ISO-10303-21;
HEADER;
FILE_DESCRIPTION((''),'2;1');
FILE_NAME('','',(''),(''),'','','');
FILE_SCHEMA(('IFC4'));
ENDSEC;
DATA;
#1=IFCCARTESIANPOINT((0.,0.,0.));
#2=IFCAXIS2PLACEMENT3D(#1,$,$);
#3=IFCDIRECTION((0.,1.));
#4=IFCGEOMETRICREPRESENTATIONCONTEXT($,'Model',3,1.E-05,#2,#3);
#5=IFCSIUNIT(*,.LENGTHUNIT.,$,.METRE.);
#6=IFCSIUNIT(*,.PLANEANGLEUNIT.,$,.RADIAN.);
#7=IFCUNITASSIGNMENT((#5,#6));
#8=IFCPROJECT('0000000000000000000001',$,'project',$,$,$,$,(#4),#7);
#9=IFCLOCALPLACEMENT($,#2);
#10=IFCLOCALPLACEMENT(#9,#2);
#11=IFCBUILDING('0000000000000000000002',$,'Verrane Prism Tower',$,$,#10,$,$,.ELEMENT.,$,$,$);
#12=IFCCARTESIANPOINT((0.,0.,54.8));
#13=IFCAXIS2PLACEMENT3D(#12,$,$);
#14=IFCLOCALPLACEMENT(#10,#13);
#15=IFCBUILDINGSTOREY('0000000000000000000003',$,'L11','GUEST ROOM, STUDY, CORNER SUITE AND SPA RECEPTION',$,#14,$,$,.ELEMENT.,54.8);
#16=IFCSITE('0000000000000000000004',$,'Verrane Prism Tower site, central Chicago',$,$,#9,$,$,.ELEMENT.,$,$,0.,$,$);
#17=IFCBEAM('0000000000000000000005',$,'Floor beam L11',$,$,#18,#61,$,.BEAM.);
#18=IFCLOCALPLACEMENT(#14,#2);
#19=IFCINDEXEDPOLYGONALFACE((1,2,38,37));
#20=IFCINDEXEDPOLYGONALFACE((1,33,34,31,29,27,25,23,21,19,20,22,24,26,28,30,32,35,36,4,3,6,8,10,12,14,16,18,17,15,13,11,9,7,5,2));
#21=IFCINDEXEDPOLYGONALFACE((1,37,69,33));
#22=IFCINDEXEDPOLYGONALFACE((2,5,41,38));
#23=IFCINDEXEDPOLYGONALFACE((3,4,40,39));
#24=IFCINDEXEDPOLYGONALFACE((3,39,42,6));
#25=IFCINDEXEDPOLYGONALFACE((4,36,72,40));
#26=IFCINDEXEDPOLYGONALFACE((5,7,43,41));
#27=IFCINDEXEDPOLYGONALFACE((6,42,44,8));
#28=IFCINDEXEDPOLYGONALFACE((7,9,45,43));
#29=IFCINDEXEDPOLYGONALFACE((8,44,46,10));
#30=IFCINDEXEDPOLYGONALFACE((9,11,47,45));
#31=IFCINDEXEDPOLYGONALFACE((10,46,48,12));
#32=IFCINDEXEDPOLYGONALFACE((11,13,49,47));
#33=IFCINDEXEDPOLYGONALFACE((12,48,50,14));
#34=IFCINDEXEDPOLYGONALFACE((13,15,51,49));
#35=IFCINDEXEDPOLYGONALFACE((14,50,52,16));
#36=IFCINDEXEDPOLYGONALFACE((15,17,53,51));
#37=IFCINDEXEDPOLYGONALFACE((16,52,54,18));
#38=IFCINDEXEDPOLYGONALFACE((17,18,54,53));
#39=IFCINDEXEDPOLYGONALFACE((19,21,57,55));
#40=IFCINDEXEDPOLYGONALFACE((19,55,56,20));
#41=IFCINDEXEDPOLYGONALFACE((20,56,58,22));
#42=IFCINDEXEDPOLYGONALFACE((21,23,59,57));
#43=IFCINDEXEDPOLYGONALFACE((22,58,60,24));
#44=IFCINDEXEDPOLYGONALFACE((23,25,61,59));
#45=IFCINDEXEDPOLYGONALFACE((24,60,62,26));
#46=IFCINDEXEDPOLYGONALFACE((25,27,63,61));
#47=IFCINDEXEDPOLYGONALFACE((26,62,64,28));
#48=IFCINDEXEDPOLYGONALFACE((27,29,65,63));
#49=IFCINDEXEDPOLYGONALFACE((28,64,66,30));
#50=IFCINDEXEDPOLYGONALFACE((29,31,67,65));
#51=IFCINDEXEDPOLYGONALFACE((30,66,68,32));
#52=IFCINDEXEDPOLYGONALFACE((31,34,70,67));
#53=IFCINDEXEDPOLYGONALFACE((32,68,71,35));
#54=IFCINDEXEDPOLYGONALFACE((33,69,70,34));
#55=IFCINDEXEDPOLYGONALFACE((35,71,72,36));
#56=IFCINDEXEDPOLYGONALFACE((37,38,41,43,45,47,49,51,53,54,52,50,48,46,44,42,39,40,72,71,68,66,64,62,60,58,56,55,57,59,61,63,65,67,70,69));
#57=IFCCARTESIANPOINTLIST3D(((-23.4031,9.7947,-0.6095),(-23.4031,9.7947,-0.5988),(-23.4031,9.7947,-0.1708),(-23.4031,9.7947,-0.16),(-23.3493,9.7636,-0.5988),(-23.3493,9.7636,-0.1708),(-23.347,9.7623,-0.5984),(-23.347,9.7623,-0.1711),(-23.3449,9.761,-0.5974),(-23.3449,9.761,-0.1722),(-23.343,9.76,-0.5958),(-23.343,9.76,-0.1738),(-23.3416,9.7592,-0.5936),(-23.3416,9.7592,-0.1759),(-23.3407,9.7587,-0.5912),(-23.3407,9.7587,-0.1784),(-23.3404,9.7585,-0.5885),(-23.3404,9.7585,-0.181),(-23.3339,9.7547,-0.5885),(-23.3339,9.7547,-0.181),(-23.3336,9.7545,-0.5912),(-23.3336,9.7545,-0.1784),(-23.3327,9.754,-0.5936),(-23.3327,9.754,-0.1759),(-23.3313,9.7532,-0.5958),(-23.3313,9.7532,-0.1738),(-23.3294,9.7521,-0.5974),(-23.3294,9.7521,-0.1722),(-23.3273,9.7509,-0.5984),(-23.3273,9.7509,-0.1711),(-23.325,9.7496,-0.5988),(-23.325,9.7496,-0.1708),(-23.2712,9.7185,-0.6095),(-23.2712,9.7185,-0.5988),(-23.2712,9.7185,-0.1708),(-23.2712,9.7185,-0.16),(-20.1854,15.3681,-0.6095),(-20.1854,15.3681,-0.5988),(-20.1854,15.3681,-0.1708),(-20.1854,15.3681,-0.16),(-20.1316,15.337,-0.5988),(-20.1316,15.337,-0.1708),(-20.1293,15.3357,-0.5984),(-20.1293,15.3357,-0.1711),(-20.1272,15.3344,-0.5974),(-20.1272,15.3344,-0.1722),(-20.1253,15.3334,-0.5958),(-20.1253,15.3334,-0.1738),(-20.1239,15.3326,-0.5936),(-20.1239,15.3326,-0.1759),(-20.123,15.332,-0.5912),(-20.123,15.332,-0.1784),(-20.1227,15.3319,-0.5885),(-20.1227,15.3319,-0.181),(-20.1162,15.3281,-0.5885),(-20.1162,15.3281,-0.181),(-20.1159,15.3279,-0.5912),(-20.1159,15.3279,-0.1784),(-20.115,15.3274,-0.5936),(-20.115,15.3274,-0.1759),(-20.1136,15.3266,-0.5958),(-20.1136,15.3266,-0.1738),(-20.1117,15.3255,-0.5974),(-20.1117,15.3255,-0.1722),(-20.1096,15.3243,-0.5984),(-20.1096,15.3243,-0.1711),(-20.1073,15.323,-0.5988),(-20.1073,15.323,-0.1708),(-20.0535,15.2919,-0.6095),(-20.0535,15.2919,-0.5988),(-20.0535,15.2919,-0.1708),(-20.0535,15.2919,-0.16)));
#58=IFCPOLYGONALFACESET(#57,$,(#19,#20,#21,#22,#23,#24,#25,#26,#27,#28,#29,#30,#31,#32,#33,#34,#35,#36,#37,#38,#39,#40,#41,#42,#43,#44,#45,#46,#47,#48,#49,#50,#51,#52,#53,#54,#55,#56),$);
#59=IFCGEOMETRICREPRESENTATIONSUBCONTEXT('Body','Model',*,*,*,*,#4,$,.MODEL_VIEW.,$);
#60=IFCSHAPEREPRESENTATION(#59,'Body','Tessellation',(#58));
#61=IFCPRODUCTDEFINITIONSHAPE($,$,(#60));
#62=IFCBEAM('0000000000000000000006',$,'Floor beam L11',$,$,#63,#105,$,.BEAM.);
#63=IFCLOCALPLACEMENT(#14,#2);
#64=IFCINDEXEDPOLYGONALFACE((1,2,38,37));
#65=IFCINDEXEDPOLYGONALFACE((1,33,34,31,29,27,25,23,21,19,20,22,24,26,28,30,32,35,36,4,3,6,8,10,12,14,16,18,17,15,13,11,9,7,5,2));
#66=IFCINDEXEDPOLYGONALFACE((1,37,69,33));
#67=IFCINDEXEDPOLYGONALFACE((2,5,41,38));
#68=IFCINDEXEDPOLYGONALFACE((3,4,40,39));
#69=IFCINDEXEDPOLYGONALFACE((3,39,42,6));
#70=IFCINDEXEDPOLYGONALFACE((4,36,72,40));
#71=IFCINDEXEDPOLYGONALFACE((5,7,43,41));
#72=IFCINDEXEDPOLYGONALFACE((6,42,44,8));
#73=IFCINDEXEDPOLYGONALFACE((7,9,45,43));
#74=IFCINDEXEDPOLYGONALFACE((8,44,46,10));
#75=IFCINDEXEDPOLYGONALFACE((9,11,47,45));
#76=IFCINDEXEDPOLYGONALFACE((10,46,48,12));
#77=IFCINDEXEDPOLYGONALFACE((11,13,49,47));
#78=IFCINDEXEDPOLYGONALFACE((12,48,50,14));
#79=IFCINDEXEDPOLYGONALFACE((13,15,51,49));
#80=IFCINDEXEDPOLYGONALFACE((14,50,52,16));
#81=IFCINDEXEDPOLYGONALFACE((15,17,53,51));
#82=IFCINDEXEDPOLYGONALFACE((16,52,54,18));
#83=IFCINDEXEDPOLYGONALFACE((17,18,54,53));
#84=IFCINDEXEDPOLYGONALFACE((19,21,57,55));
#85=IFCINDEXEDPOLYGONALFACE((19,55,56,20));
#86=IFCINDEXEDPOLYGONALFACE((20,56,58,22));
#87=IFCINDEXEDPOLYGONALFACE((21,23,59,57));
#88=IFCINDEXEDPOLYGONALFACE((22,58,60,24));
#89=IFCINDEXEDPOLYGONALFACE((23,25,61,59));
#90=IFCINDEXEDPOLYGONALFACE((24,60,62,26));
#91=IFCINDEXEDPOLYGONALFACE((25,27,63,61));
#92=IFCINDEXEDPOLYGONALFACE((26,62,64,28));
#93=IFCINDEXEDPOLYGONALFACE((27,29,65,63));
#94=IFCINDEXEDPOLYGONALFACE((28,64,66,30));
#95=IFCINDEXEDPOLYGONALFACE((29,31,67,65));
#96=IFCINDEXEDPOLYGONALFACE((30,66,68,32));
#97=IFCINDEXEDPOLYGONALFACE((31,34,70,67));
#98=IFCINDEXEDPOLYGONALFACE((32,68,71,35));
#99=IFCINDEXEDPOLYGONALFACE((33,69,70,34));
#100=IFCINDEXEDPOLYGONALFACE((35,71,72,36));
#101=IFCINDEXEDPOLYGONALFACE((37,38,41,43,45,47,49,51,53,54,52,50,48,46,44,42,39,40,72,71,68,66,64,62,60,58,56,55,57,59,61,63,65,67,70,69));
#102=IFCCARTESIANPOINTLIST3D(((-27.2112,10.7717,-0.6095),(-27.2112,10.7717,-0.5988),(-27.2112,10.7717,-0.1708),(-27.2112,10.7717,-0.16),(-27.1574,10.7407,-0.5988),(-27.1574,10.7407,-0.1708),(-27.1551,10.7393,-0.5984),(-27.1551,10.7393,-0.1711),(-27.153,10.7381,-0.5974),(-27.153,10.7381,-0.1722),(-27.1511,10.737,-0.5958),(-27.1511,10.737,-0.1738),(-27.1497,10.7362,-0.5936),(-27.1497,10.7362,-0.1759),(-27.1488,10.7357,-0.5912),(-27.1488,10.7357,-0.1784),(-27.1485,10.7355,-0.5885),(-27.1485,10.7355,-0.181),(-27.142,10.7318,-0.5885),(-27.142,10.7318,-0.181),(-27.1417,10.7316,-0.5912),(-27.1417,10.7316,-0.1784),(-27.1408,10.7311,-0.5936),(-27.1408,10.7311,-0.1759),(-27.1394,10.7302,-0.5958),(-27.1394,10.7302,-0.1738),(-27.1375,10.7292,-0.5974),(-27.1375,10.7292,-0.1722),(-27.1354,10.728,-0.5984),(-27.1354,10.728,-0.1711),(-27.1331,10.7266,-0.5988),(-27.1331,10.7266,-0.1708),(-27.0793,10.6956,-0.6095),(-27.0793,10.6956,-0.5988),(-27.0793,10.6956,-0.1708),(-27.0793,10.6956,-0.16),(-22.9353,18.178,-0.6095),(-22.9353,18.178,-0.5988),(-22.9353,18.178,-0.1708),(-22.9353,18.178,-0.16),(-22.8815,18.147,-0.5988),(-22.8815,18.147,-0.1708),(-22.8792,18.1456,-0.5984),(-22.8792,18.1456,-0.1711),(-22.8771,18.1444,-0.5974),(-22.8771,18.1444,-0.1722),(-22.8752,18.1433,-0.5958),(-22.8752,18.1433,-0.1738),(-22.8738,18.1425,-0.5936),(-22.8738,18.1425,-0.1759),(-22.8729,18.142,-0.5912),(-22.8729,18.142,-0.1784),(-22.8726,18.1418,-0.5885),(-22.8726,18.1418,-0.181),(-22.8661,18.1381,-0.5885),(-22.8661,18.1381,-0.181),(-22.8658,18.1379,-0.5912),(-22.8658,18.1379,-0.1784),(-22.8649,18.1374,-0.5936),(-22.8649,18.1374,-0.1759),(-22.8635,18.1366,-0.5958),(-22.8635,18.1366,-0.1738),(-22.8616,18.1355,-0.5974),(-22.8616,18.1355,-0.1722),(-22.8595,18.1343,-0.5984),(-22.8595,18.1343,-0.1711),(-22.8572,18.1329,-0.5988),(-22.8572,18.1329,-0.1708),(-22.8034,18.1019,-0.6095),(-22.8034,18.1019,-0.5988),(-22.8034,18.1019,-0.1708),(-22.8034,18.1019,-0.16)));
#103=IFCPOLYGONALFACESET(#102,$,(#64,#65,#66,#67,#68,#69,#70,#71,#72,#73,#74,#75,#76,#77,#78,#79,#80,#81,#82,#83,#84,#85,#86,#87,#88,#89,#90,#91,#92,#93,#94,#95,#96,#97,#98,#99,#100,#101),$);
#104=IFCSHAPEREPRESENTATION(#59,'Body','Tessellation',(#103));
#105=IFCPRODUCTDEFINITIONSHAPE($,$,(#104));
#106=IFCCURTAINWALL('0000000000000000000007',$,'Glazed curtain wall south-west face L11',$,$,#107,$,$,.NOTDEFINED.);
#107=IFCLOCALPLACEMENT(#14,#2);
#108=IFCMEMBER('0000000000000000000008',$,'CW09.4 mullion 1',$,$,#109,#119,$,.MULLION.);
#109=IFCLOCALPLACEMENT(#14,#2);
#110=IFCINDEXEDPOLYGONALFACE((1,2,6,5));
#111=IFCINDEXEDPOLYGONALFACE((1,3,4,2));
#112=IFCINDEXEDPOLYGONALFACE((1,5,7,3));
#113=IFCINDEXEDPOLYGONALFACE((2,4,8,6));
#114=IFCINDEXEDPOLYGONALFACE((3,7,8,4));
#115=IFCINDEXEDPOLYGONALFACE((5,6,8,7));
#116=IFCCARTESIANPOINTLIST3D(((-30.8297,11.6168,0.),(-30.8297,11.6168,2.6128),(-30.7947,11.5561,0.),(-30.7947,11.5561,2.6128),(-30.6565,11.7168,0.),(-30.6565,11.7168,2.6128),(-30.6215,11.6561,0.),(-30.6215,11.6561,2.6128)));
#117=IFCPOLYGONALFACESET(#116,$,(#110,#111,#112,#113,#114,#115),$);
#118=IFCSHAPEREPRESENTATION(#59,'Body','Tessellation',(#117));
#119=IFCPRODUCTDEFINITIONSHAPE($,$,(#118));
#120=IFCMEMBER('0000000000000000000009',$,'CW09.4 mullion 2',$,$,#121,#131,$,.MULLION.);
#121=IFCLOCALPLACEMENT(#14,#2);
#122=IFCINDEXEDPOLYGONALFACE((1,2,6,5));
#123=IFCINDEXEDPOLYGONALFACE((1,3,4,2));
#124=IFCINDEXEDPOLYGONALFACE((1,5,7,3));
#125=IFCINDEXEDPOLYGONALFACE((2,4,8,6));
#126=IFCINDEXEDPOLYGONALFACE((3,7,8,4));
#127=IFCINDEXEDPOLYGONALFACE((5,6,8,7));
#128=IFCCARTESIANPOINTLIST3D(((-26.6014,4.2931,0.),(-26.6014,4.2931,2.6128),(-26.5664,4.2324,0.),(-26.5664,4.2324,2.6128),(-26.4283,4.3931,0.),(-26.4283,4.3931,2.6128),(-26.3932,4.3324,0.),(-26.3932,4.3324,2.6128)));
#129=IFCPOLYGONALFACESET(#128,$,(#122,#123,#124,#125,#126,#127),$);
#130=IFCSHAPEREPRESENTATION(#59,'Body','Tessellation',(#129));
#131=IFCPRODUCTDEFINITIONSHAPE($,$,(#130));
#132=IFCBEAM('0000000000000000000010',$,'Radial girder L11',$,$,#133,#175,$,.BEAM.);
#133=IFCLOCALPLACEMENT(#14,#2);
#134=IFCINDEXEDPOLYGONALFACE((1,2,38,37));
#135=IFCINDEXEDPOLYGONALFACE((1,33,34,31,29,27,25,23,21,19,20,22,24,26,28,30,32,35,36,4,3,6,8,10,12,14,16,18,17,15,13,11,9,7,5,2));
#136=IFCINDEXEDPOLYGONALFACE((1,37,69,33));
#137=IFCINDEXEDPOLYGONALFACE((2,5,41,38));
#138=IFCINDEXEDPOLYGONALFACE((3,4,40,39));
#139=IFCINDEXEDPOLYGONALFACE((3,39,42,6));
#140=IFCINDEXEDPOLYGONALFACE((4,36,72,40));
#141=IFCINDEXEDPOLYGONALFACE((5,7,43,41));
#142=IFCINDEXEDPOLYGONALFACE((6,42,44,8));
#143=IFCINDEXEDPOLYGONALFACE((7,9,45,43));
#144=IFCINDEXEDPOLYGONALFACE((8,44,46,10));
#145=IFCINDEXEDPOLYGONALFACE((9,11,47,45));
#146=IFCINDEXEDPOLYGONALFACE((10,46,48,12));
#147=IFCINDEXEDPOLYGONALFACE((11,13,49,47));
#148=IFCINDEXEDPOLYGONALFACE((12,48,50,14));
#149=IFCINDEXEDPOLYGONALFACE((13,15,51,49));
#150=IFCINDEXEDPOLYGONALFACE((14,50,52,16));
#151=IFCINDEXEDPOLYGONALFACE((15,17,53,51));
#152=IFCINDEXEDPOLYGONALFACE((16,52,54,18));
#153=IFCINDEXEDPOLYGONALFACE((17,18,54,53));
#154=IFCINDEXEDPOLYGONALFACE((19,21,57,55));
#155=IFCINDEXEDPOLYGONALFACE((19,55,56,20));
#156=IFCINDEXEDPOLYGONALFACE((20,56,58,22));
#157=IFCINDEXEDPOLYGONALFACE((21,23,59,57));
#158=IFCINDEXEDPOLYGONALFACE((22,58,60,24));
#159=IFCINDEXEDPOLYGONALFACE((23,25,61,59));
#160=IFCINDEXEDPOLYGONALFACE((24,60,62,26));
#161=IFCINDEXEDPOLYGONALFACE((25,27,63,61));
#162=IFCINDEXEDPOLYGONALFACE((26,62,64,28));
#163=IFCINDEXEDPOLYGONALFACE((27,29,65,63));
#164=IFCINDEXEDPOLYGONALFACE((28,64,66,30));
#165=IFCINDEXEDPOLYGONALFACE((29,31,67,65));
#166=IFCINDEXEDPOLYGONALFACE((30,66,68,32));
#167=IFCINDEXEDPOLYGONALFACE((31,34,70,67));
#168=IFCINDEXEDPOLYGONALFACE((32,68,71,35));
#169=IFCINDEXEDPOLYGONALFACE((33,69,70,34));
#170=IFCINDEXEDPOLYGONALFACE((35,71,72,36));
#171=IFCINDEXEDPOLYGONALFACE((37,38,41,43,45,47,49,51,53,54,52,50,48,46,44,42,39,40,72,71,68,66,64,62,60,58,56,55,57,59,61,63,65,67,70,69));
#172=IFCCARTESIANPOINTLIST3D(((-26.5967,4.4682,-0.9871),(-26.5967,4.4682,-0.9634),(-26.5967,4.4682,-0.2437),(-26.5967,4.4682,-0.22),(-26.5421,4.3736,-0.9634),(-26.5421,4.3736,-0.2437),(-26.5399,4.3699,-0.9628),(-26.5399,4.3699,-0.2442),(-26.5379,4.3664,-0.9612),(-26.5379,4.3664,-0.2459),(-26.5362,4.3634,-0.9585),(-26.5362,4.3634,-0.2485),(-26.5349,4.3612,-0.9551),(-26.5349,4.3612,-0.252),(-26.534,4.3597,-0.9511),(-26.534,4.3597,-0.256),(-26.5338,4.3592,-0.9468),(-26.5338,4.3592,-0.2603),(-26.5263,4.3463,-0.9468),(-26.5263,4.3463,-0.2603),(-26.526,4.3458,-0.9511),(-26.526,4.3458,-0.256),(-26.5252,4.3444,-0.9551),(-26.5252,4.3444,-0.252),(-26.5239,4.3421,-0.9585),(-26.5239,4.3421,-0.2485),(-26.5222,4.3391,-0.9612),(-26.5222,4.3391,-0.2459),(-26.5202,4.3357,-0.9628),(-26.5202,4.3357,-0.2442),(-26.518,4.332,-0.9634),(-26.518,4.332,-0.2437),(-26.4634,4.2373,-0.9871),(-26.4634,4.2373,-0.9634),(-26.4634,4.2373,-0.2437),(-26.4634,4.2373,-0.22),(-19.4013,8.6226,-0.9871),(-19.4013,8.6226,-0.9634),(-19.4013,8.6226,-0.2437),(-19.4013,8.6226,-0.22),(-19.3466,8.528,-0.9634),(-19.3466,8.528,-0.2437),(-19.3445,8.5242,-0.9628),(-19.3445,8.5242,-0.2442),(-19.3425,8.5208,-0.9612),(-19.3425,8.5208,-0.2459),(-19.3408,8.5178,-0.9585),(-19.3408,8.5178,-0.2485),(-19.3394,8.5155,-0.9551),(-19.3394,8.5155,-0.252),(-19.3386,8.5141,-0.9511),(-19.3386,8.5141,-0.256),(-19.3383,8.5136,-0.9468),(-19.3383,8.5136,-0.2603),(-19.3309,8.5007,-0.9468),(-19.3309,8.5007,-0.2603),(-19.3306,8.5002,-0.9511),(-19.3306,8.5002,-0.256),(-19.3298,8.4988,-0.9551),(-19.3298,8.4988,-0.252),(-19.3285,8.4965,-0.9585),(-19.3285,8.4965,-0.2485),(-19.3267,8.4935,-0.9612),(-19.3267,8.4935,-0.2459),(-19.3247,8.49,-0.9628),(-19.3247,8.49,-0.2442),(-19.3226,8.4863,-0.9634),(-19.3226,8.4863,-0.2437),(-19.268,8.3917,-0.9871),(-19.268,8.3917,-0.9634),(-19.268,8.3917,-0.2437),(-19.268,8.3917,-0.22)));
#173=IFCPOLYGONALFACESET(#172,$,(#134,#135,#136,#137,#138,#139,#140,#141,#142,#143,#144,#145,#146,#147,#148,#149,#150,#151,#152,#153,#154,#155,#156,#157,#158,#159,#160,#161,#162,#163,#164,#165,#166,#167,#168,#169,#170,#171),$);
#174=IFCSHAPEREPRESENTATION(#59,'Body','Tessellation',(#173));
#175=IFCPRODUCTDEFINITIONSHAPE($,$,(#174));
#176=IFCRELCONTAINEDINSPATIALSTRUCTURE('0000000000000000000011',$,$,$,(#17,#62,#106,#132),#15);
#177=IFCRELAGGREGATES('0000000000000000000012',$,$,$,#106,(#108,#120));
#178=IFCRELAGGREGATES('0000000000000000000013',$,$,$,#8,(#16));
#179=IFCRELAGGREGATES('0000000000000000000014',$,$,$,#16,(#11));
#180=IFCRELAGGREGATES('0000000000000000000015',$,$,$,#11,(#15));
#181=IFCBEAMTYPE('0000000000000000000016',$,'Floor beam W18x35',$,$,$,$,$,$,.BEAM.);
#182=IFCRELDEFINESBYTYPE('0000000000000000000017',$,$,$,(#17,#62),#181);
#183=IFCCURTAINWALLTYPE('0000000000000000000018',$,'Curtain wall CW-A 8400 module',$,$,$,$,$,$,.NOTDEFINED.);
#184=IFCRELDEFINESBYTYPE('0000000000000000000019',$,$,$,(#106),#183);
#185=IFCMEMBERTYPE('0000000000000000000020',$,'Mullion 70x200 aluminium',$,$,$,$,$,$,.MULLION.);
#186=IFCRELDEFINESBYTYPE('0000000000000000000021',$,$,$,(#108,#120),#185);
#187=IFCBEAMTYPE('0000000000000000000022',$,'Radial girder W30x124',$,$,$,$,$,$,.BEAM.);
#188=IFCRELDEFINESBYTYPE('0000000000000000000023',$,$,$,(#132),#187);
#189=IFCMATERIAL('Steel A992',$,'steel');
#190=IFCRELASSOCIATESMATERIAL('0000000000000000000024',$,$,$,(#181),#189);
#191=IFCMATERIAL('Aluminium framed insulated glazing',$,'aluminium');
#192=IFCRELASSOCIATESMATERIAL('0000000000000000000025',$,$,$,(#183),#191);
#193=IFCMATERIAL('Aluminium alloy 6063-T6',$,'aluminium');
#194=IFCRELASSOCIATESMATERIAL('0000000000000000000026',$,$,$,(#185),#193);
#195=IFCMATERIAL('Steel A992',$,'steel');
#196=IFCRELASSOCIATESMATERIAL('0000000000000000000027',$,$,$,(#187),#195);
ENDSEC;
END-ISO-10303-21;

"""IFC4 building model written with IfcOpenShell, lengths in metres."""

from ifc_helpers import new_model, si_unit, direction, frame, origin, origin_2d, place, context, subcontext, project, spatial, rectangle, i_section, extrude, material, material_profile, profile_set, type_object, element, aggregate, save


model = new_model("IFC4")

# Units and contexts
model_context = context("Model", 3, precision=1e-05, world=origin(), true_north=direction((0.0, 1.0)))
body_context = subcontext(model_context, "Body", "Model", "MODEL_VIEW")
ifc_project = project(units=[si_unit("LENGTHUNIT", "METRE"), si_unit("PLANEANGLEUNIT", "RADIAN")], contexts=[model_context])

# Site, building, storey
site_placement = place(None, origin())
site = spatial("IfcSite", under=ifc_project, at=site_placement, Name="Verrane Prism Tower site, central Chicago", CompositionType="ELEMENT", RefElevation=0.0)
building_placement = place(site_placement, origin())
building = spatial("IfcBuilding", under=site, at=building_placement, Name="Verrane Prism Tower", CompositionType="ELEMENT")
storey_placement = place(building_placement, frame((0.0, 0.0, 54.8)))
storey = spatial("IfcBuildingStorey", under=building, at=storey_placement, Name="L11", Description="GUEST ROOM, STUDY, CORNER SUITE AND SPA RECEPTION", CompositionType="ELEMENT", Elevation=54.8)

# Beams
ifc_material_1 = material(Name="Steel A992", Category="steel")
ifc_material_profile_1 = material_profile(ifc_material_1, i_section(OverallWidth=0.1523, OverallDepth=0.4495, WebThickness=0.0076, FlangeThickness=0.0107, FilletRadius=0.0103, at=origin_2d()), Name="W18x35")
ifc_profile_set_1 = profile_set([ifc_material_profile_1], Name="Steel A992")
beam_type_1 = type_object("IfcBeamType", Name="Floor beam W18x35", PredefinedType="BEAM", material=ifc_profile_set_1)
beam_1_placement = place(storey_placement, frame((-23.3372, 9.7566, -0.3848), z_axis=(0.499991, 0.866031, 0.0), x_axis=(-0.866031, 0.499991, 0.0)))
element("IfcBeam", 1, at=beam_1_placement, inside=storey, type_object=beam_type_1, Name="Floor beam L11", PredefinedType="BEAM", context=body_context, shape_type="SweptSolid", body=[
    extrude(i_section(OverallWidth=0.1523, OverallDepth=0.4495, WebThickness=0.0076, FlangeThickness=0.0107, FilletRadius=0.0103, at=origin_2d()), origin(), (0.0, 0.0, 1.0), 6.4355),
])
beam_2_placement = place(storey_placement, frame((-27.1453, 10.7336, -0.3848), z_axis=(0.499989, 0.866032, 0.0), x_axis=(-0.866032, 0.499989, 0.0)))
element("IfcBeam", 2, at=beam_2_placement, inside=storey, type_object=beam_type_1, Name="Floor beam L11", PredefinedType="BEAM", context=body_context, shape_type="SweptSolid", body=[
    extrude(i_section(OverallWidth=0.1523, OverallDepth=0.4495, WebThickness=0.0076, FlangeThickness=0.0107, FilletRadius=0.0103, at=origin_2d()), origin(), (0.0, 0.0, 1.0), 8.552),
])

# Curtain wall, members
ifc_material_2 = material(Name="Aluminium framed insulated glazing", Category="aluminium")
curtain_wall_type = type_object("IfcCurtainWallType", Name="Curtain wall CW-A 8400 module", PredefinedType="NOTDEFINED", material=ifc_material_2)
curtain_wall_placement = place(storey_placement, origin())
curtain_wall = element("IfcCurtainWall", 3, at=curtain_wall_placement, inside=storey, type_object=curtain_wall_type, Name="Glazed curtain wall south-west face L11", PredefinedType="NOTDEFINED")
ifc_material_3 = material(Name="Aluminium alloy 6063-T6", Category="aluminium")
ifc_material_profile_2 = material_profile(ifc_material_3, rectangle(XDim=0.2, YDim=0.0701, at=origin_2d()), Name="Mullion 70x200 aluminium")
ifc_profile_set_2 = profile_set([ifc_material_profile_2], Name="Aluminium alloy 6063-T6")
member_type_1 = type_object("IfcMemberType", Name="Mullion 70x200 aluminium", PredefinedType="MULLION", material=ifc_profile_set_2)
member_1_placement = place(storey_placement, frame((-30.7256, 11.6365, 0.0), z_axis=(0.0, 0.0, 1.0), x_axis=(0.866026, 0.499999, 0.0)))
member_1 = element("IfcMember", 4, at=member_1_placement, type_object=member_type_1, Name="CW09.4 mullion 1", PredefinedType="MULLION", context=body_context, shape_type="SweptSolid", body=[
    extrude(rectangle(XDim=0.2, YDim=0.0701, at=origin_2d()), origin(), (0.0, 0.0, 1.0), 2.6128),
])
member_2_placement = place(storey_placement, frame((-26.4973, 4.3127, 0.0), z_axis=(0.0, 0.0, 1.0), x_axis=(0.866026, 0.499999, 0.0)))
member_2 = element("IfcMember", 5, at=member_2_placement, type_object=member_type_1, Name="CW09.4 mullion 2", PredefinedType="MULLION", context=body_context, shape_type="SweptSolid", body=[
    extrude(rectangle(XDim=0.2, YDim=0.0701, at=origin_2d()), origin(), (0.0, 0.0, 1.0), 2.6128),
])

# Beam
ifc_material_4 = material(Name="Steel A992", Category="steel")
ifc_material_profile_3 = material_profile(ifc_material_4, i_section(OverallWidth=0.2666, OverallDepth=0.7671, WebThickness=0.0149, FlangeThickness=0.0237, FilletRadius=0.0166, at=origin_2d()), Name="W30x124")
ifc_profile_set_3 = profile_set([ifc_material_profile_3], Name="Steel A992")
beam_type_2 = type_object("IfcBeamType", Name="Radial girder W30x124", PredefinedType="BEAM", material=ifc_profile_set_3)
beam_3_placement = place(storey_placement, frame((-26.53, 4.3528, -0.6035), z_axis=(0.866021, 0.500007, 0.0), x_axis=(-0.500007, 0.866021, 0.0)))
element("IfcBeam", 6, at=beam_3_placement, inside=storey, type_object=beam_type_2, Name="Radial girder L11", PredefinedType="BEAM", context=body_context, shape_type="SweptSolid", body=[
    extrude(i_section(OverallWidth=0.2666, OverallDepth=0.7671, WebThickness=0.0149, FlangeThickness=0.0237, FilletRadius=0.0166, at=origin_2d()), origin(), (0.0, 0.0, 1.0), 8.3086),
])

aggregate(curtain_wall, [member_1, member_2])

save(model, "model.ifc")
